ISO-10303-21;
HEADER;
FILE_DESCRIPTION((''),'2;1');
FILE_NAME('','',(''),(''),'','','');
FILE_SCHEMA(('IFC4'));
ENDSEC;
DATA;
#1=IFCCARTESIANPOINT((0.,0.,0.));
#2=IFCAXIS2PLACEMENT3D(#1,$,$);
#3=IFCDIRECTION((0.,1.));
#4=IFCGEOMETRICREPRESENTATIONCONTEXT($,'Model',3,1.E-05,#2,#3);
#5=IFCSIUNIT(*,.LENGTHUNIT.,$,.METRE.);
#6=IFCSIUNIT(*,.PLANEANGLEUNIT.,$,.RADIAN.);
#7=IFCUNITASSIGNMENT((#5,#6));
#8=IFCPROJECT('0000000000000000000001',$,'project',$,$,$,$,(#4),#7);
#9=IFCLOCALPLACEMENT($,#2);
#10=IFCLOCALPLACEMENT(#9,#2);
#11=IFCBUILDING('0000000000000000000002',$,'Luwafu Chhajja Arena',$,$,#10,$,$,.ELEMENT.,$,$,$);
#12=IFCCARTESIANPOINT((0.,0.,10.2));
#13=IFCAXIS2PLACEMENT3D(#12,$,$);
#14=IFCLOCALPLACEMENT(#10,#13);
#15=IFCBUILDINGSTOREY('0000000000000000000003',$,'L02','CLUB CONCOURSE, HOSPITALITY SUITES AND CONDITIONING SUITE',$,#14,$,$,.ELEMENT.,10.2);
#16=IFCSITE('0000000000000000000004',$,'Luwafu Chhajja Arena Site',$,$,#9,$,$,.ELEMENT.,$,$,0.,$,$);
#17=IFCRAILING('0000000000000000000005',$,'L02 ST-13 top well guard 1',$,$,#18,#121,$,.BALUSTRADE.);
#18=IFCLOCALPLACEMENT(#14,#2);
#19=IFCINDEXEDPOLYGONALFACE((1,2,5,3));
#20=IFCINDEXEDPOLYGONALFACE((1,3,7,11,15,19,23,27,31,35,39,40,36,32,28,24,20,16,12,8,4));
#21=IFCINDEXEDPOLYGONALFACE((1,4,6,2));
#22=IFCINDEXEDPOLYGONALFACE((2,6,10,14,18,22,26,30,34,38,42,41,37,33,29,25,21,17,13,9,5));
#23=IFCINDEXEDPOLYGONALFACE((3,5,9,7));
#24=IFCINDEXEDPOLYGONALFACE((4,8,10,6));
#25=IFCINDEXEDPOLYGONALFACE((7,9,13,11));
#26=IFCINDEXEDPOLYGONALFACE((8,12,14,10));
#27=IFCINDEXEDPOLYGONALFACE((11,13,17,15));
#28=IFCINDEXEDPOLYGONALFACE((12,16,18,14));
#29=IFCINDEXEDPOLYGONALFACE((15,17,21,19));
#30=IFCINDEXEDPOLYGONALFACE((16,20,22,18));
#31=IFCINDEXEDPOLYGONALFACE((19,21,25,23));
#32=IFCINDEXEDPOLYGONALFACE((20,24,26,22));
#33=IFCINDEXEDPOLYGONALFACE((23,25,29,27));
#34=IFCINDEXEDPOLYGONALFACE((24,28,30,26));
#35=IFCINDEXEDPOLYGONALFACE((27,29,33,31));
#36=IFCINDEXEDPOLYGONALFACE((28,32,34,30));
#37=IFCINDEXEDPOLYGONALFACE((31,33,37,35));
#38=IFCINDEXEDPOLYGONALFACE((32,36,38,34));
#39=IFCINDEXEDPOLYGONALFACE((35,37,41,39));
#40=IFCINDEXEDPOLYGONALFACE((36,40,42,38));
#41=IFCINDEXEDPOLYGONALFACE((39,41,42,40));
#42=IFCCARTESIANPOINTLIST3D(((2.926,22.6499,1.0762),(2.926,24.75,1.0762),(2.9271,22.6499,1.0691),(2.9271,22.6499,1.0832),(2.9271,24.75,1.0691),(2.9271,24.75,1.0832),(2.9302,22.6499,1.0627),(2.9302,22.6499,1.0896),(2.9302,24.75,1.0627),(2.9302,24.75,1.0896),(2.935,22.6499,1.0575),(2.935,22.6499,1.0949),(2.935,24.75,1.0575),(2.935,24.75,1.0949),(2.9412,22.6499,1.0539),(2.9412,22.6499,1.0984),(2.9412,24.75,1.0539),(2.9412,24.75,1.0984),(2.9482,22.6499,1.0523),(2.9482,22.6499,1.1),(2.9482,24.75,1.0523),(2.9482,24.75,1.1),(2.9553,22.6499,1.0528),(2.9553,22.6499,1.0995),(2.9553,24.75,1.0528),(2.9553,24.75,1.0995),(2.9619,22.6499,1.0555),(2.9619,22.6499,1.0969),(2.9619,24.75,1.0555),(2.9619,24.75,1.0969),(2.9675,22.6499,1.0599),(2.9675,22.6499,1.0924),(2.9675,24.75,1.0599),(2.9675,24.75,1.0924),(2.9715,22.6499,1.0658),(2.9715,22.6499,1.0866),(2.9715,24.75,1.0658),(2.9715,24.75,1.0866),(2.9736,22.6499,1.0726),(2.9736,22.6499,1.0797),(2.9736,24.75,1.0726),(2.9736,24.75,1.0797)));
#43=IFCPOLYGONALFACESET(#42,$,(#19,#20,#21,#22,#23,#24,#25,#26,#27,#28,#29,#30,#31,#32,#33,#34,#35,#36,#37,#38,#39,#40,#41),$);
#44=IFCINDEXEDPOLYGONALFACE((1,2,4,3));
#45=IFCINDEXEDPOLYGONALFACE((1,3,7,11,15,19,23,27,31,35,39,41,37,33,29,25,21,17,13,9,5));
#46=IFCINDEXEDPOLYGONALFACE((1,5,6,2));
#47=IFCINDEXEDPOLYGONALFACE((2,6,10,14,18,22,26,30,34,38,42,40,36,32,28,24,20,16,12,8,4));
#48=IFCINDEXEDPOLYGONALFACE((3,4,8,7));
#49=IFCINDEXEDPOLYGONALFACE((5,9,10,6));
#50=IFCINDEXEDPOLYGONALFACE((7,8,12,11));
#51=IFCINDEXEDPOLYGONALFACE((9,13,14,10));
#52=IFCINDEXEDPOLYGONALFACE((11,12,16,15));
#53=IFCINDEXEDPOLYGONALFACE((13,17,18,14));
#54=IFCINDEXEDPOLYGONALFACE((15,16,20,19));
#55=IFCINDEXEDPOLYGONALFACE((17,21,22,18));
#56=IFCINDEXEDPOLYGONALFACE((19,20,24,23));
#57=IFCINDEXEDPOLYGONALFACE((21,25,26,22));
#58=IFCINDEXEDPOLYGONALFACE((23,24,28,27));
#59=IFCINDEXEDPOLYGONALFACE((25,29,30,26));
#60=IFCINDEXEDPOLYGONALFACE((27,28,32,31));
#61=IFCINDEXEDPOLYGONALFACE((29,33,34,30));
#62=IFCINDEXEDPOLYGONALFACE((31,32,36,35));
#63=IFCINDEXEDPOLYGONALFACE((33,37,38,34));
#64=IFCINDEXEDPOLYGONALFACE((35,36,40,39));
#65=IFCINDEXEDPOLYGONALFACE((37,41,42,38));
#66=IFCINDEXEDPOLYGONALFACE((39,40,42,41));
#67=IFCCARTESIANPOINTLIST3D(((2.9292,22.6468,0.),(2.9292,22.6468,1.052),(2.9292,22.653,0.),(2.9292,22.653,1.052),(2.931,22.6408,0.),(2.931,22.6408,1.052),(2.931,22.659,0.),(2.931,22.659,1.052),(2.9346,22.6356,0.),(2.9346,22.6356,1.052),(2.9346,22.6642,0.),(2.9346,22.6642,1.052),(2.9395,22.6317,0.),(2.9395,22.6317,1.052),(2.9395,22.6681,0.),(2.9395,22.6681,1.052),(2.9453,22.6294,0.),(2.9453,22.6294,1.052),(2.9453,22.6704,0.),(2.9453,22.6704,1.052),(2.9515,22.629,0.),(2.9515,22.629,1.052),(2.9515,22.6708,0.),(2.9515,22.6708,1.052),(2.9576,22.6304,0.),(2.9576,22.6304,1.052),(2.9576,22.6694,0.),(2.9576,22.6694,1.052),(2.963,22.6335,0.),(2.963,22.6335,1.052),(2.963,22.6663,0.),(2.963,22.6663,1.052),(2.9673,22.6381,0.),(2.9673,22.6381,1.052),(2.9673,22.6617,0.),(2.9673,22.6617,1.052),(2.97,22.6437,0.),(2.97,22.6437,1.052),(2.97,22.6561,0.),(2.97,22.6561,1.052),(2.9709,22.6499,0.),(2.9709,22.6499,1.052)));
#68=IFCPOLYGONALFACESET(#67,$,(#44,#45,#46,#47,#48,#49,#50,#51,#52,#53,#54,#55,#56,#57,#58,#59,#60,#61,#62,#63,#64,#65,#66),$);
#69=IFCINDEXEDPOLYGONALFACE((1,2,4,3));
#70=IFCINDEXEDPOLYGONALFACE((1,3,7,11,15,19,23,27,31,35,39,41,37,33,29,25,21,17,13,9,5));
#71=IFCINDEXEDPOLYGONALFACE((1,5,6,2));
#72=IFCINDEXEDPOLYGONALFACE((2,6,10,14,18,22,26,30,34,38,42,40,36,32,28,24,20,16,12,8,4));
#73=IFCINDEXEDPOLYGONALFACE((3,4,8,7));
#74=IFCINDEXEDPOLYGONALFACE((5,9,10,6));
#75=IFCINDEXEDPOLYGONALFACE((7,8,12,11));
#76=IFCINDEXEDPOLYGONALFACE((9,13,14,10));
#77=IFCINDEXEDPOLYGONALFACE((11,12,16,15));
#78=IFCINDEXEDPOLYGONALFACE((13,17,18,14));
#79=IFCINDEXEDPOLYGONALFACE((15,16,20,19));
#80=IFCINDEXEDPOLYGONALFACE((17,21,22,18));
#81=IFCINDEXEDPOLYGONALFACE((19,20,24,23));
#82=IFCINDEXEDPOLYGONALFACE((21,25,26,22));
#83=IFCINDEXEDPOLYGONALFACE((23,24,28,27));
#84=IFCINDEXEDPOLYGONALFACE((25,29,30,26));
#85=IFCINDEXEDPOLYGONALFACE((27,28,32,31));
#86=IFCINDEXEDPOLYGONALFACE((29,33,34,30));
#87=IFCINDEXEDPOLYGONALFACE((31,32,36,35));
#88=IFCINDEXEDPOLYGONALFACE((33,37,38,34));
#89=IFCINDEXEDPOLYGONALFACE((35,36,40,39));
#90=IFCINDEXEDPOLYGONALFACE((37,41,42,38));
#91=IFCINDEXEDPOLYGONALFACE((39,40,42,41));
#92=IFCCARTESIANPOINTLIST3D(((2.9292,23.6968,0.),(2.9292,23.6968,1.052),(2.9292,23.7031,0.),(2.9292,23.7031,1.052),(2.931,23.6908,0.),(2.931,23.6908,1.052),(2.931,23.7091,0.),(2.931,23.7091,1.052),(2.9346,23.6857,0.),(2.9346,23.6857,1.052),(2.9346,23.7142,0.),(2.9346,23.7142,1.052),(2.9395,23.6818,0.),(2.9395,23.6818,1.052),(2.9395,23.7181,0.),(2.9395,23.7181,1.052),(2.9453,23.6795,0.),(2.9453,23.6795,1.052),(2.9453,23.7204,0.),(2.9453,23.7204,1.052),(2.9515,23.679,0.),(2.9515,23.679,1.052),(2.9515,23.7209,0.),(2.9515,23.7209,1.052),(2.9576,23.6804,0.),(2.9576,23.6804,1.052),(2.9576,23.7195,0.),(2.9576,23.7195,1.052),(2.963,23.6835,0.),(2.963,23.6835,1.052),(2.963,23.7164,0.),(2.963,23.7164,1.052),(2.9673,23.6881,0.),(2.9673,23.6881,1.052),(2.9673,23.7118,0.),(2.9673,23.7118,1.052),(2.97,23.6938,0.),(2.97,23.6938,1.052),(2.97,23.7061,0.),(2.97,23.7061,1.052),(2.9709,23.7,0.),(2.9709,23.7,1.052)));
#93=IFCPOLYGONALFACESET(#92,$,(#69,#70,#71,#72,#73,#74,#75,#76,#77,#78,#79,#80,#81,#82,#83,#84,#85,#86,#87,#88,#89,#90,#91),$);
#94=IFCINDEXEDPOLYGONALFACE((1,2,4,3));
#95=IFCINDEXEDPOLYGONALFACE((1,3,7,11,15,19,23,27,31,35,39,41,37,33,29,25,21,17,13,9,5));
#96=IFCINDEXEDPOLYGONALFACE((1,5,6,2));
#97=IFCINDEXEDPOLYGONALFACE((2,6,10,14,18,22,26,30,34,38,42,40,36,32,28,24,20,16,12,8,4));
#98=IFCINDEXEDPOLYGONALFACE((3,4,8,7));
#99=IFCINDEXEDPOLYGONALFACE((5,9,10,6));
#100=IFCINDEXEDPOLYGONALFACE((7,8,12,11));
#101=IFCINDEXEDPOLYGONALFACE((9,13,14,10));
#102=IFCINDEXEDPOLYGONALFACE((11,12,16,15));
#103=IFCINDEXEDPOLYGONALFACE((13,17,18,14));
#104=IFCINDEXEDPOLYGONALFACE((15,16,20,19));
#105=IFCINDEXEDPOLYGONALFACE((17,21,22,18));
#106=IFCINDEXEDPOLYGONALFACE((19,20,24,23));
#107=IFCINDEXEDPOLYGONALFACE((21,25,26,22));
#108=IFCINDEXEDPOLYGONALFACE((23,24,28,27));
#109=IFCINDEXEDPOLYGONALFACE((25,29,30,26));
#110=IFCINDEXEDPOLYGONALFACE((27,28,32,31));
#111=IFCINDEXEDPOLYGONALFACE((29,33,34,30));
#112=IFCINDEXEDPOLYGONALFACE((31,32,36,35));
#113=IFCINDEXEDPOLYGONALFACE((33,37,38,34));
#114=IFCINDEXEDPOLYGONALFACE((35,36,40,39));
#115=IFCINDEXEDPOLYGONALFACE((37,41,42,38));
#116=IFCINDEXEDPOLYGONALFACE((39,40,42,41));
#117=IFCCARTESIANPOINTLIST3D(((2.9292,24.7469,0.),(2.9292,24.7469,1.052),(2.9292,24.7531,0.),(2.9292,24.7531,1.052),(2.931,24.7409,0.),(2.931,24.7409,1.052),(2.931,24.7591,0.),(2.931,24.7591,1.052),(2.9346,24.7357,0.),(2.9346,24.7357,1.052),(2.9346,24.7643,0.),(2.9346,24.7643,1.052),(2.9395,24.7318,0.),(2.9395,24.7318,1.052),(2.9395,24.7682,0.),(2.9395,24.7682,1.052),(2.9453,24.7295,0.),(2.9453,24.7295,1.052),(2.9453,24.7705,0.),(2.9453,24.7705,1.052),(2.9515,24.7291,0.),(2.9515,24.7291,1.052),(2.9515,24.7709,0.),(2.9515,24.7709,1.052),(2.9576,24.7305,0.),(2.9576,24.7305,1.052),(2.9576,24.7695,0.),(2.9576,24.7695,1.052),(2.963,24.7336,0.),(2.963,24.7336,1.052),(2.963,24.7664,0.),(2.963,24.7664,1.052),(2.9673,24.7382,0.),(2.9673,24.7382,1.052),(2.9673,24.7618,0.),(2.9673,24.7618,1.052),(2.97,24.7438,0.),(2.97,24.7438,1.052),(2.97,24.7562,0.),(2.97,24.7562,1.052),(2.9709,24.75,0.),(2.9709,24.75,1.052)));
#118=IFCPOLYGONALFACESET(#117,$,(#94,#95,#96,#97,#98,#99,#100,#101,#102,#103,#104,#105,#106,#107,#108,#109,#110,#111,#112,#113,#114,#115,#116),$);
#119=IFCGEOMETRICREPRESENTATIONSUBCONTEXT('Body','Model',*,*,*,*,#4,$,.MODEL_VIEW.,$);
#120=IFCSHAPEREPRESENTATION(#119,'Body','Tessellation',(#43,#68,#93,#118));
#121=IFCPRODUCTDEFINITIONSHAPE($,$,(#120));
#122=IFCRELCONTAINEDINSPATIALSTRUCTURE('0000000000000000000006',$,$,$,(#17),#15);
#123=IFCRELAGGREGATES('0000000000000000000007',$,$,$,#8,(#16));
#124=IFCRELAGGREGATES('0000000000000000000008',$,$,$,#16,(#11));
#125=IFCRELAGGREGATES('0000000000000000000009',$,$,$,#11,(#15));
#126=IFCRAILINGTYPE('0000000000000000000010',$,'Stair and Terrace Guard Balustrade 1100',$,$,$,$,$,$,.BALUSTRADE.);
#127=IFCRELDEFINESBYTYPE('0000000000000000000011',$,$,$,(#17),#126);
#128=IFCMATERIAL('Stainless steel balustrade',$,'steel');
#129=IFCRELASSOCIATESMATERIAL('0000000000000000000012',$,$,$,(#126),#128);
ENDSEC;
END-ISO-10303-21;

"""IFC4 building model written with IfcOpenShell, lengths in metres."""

from ifc_helpers import new_model, si_unit, direction, frame, origin, origin_2d, place, context, subcontext, project, spatial, circle, extrude, material, type_object, element, save


model = new_model("IFC4")

# Units and contexts
model_context = context("Model", 3, precision=1e-05, world=origin(), true_north=direction((0.0, 1.0)))
body_context = subcontext(model_context, "Body", "Model", "MODEL_VIEW")
ifc_project = project(units=[si_unit("LENGTHUNIT", "METRE"), si_unit("PLANEANGLEUNIT", "RADIAN")], contexts=[model_context])

# Site, building, storey
site_placement = place(None, origin())
site = spatial("IfcSite", under=ifc_project, at=site_placement, Name="Luwafu Chhajja Arena Site", CompositionType="ELEMENT", RefElevation=0.0)
building_placement = place(site_placement, origin())
building = spatial("IfcBuilding", under=site, at=building_placement, Name="Luwafu Chhajja Arena", CompositionType="ELEMENT")
storey_placement = place(building_placement, frame((0.0, 0.0, 10.2)))
storey = spatial("IfcBuildingStorey", under=building, at=storey_placement, Name="L02", Description="CLUB CONCOURSE, HOSPITALITY SUITES AND CONDITIONING SUITE", CompositionType="ELEMENT", Elevation=10.2)

# Railing
ifc_material_1 = material(Name="Stainless steel balustrade", Category="steel")
railing_type = type_object("IfcRailingType", Name="Stair and Terrace Guard Balustrade 1100", PredefinedType="BALUSTRADE", material=ifc_material_1)
railing_1_placement = place(storey_placement, frame((2.95, 22.6499, 0.0)))
element("IfcRailing", 1, at=railing_1_placement, inside=storey, type_object=railing_type, Name="L02 ST-13 top well guard 1", PredefinedType="BALUSTRADE", context=body_context, shape_type="SweptSolid", body=[
    extrude(circle(Radius=0.0239, at=origin_2d()), frame((0.0, 0.0, 1.0762), z_axis=(0.0, 1.0, 0.0), x_axis=(-1.0, 0.0, 0.0)), (0.0, 0.0, 1.0), 2.1001),
    extrude(circle(Radius=0.021, at=origin_2d()), origin(), (0.0, 0.0, 1.0), 1.052),
    extrude(circle(Radius=0.021, at=origin_2d()), frame((0.0, 1.05, 0.0)), (0.0, 0.0, 1.0), 1.052),
    extrude(circle(Radius=0.021, at=origin_2d()), frame((0.0, 2.1001, 0.0)), (0.0, 0.0, 1.0), 1.052),
])

save(model, "model.ifc")
